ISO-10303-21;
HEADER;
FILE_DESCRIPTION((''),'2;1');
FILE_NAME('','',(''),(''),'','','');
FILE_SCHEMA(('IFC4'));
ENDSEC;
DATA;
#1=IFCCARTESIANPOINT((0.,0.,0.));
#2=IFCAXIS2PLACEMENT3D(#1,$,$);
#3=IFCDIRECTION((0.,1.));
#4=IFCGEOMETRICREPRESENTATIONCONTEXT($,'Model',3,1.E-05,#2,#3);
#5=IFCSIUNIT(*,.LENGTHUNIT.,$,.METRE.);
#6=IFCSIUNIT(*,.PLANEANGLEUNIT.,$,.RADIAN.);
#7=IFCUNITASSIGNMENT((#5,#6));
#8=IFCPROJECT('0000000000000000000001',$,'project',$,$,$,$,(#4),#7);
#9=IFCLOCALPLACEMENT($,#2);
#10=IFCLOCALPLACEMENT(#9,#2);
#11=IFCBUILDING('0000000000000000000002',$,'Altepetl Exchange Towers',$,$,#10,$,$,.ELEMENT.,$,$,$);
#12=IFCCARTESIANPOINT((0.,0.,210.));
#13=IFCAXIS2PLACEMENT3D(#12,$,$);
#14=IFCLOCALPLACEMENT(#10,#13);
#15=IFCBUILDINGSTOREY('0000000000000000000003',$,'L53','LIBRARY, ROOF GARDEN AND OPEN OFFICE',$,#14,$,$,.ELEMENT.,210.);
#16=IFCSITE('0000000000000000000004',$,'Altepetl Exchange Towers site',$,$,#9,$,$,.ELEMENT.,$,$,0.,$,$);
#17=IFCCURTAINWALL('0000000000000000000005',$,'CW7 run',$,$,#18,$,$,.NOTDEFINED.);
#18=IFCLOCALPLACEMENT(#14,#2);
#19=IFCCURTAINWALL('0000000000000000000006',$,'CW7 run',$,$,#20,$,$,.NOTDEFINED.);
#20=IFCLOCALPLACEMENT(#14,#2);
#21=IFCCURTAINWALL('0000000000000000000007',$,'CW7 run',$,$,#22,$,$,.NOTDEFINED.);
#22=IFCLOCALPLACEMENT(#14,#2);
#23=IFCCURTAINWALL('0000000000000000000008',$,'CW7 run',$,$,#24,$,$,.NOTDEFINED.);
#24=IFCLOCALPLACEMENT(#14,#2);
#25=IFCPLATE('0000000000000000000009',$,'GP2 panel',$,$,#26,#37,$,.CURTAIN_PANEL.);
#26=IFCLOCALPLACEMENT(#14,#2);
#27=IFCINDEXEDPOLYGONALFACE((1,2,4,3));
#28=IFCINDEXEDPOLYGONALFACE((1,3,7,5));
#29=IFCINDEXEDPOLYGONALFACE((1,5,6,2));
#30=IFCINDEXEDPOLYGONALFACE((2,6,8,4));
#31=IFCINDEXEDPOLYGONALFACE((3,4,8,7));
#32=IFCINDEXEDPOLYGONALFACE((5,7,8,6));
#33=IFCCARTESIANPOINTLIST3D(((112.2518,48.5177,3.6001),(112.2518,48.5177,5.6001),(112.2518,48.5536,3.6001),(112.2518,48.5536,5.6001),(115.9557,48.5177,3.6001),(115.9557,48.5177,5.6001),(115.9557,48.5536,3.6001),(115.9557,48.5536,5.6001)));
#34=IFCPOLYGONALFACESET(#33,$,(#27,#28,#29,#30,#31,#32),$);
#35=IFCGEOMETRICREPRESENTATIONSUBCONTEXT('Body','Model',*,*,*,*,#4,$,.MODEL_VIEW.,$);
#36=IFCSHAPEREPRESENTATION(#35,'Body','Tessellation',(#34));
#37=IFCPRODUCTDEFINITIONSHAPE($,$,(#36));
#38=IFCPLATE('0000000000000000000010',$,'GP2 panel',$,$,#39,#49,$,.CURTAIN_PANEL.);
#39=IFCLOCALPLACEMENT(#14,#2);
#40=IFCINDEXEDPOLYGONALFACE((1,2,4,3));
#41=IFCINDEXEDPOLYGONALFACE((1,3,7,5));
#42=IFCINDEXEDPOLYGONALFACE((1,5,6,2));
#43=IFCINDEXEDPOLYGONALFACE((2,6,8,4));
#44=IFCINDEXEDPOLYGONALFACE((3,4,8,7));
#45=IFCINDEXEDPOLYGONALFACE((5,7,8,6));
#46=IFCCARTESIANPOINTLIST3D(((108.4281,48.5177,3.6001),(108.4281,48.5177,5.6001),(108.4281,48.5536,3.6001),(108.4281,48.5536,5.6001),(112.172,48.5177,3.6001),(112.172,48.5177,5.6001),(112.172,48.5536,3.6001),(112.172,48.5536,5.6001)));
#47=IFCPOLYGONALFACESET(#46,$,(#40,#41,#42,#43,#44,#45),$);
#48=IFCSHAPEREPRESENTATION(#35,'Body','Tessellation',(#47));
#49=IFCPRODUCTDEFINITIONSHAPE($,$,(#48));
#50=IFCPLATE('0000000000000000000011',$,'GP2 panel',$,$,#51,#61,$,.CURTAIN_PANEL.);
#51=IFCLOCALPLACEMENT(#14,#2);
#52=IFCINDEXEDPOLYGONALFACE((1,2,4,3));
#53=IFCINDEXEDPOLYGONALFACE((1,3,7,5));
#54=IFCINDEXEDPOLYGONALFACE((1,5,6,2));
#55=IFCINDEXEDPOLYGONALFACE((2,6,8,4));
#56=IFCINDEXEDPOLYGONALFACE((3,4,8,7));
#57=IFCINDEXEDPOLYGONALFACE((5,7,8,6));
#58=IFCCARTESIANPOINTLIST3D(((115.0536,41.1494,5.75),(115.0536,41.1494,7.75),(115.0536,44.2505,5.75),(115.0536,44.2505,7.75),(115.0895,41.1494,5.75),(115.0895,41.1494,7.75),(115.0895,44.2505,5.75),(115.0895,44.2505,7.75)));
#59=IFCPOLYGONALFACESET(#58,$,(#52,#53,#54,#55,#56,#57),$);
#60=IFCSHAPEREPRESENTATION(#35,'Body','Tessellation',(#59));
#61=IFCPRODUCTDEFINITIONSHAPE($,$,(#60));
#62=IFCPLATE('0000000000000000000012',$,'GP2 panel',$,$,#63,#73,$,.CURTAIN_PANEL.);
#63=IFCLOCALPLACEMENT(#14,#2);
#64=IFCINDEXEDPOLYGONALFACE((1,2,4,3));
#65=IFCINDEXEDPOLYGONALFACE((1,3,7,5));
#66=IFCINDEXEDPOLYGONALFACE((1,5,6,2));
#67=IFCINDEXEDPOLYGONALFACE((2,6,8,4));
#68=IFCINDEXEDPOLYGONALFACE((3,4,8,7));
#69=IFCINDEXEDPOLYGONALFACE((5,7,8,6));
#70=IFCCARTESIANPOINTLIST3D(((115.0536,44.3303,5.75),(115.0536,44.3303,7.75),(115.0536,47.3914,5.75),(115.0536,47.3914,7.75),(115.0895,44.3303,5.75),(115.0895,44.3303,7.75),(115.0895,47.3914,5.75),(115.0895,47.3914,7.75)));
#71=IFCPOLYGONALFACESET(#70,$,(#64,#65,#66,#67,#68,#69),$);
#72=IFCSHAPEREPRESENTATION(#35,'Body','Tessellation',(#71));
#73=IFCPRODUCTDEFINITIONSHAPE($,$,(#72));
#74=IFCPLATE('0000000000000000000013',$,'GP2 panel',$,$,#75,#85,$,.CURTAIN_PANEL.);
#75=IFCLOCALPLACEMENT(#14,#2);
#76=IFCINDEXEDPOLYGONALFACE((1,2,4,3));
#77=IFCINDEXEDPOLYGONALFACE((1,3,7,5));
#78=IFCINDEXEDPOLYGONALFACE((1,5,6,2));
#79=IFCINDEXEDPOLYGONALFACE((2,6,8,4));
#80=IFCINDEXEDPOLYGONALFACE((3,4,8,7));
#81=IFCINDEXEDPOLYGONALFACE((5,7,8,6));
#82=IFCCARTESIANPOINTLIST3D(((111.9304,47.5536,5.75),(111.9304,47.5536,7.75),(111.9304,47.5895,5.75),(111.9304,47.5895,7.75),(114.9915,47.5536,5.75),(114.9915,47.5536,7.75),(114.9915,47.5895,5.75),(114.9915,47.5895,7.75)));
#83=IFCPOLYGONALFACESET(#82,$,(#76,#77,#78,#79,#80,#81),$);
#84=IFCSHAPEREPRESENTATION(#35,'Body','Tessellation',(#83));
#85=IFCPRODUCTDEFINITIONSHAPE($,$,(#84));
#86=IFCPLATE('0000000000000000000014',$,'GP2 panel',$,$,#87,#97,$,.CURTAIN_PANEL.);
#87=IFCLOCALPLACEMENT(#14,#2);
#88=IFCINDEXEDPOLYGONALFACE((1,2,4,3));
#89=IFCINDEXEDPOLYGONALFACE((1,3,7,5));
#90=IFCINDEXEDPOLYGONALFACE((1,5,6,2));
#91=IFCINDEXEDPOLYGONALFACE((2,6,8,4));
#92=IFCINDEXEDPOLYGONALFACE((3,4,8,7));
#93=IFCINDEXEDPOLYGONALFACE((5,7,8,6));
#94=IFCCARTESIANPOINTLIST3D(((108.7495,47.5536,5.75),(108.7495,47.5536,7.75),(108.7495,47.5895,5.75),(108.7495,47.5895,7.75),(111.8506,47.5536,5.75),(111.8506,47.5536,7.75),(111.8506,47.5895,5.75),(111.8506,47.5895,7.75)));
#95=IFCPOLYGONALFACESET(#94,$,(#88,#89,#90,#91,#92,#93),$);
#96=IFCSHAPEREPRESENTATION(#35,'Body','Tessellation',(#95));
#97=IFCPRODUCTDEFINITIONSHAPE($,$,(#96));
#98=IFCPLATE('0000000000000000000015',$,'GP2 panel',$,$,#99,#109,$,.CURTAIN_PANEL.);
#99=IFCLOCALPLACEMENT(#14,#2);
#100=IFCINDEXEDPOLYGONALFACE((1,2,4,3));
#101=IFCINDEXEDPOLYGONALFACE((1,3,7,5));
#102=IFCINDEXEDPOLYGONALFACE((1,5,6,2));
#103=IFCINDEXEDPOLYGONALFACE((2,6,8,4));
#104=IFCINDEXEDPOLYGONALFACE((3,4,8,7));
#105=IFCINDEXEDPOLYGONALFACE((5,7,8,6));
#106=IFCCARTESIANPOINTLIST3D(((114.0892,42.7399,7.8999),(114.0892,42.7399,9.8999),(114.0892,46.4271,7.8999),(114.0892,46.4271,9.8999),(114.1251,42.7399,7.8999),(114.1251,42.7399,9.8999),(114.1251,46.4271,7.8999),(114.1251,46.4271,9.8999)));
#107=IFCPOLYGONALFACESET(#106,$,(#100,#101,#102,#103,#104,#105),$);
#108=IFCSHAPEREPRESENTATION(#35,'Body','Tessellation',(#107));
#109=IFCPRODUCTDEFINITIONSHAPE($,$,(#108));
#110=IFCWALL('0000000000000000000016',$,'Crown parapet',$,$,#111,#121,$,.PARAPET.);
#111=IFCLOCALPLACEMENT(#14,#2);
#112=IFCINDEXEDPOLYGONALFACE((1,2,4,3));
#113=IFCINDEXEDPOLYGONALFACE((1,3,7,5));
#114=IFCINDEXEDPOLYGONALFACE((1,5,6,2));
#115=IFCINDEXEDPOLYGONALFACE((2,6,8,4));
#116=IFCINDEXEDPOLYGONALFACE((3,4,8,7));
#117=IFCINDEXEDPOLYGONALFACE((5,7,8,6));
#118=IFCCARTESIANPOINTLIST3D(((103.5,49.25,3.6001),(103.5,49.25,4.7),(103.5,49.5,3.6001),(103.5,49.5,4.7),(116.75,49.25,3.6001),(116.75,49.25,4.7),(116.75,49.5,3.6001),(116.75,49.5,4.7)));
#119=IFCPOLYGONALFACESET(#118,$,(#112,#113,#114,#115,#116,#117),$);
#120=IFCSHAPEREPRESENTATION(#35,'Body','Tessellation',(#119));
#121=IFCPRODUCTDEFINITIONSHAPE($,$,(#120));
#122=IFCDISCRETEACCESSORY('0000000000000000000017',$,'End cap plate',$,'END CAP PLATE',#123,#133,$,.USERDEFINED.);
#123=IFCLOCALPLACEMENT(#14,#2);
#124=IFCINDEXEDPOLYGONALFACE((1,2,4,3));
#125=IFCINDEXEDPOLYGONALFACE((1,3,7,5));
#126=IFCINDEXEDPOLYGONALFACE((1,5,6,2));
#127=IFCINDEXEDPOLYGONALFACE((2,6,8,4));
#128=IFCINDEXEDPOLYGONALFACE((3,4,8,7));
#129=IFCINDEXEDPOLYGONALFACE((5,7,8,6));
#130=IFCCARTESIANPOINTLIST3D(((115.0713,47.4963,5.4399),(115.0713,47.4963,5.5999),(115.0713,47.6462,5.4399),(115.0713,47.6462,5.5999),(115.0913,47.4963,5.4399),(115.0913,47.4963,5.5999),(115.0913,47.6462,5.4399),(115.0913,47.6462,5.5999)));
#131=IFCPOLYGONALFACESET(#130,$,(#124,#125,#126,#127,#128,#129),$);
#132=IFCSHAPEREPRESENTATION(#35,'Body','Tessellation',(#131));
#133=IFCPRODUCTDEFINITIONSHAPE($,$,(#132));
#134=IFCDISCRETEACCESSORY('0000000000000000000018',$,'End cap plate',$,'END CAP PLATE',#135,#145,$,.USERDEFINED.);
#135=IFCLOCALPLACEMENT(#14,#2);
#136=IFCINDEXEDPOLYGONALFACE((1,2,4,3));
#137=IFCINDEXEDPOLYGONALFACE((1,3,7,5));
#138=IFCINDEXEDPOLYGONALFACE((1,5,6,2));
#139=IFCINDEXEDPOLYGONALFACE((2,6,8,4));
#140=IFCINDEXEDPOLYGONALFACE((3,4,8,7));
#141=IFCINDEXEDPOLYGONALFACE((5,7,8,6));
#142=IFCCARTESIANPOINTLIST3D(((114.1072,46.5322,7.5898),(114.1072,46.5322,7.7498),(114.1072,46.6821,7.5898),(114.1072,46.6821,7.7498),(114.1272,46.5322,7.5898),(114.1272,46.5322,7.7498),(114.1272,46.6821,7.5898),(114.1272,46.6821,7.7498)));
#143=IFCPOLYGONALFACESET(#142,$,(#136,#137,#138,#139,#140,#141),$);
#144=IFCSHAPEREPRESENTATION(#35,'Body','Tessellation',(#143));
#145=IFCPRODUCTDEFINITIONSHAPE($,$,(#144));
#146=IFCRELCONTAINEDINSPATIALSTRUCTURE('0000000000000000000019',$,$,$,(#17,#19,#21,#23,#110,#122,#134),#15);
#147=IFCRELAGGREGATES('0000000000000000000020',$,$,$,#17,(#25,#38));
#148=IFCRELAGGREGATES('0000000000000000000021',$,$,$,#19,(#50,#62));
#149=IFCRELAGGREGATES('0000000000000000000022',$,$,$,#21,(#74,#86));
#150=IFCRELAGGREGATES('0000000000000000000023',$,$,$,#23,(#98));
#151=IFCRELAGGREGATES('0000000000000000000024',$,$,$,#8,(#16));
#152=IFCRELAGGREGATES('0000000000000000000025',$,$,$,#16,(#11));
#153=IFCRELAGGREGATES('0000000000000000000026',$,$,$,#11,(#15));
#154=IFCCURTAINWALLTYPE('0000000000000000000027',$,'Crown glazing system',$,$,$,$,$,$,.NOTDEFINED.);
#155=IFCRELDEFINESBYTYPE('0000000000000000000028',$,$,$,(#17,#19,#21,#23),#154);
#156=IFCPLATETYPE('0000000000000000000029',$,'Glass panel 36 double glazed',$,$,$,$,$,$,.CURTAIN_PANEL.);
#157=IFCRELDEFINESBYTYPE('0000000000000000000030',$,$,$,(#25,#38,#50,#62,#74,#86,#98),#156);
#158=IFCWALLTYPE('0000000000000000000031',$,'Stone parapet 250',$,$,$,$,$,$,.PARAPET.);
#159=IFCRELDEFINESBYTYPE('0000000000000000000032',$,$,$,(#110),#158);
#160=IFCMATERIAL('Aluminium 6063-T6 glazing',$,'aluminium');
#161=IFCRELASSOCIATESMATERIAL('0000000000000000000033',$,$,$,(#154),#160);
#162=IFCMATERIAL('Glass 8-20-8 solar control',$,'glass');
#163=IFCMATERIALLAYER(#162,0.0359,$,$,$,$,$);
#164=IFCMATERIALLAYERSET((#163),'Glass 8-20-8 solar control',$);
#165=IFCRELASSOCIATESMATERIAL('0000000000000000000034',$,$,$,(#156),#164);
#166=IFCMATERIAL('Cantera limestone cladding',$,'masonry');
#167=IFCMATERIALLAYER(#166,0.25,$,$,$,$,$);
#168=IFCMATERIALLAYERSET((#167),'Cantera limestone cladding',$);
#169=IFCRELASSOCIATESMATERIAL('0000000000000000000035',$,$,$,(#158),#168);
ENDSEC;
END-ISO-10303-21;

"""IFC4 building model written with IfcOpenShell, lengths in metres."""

from ifc_helpers import new_model, si_unit, direction, frame, frame_2d, origin, origin_2d, place, context, subcontext, project, spatial, rectangle, extrude, material, layer, layer_set, type_object, element, aggregate, save


model = new_model("IFC4")

# Units and contexts
model_context = context("Model", 3, precision=1e-05, world=origin(), true_north=direction((0.0, 1.0)))
body_context = subcontext(model_context, "Body", "Model", "MODEL_VIEW")
ifc_project = project(units=[si_unit("LENGTHUNIT", "METRE"), si_unit("PLANEANGLEUNIT", "RADIAN")], contexts=[model_context])

# Site, building, storey
site_placement = place(None, origin())
site = spatial("IfcSite", under=ifc_project, at=site_placement, Name="Altepetl Exchange Towers site", CompositionType="ELEMENT", RefElevation=0.0)
building_placement = place(site_placement, origin())
building = spatial("IfcBuilding", under=site, at=building_placement, Name="Altepetl Exchange Towers", CompositionType="ELEMENT")
storey_placement = place(building_placement, frame((0.0, 0.0, 210.0)))
storey = spatial("IfcBuildingStorey", under=building, at=storey_placement, Name="L53", Description="LIBRARY, ROOF GARDEN AND OPEN OFFICE", CompositionType="ELEMENT", Elevation=210.0)

# Shared definitions
ifc_material_1 = material(Name="Aluminium 6063-T6 glazing", Category="aluminium")
curtain_wall_type = type_object("IfcCurtainWallType", Name="Crown glazing system", PredefinedType="NOTDEFINED", material=ifc_material_1)

# Curtain walls
curtain_wall_1_placement = place(storey_placement, origin())
curtain_wall_1 = element("IfcCurtainWall", 1, at=curtain_wall_1_placement, inside=storey, type_object=curtain_wall_type, Name="CW7 run", PredefinedType="NOTDEFINED")
curtain_wall_2_placement = place(storey_placement, origin())
curtain_wall_2 = element("IfcCurtainWall", 2, at=curtain_wall_2_placement, inside=storey, type_object=curtain_wall_type, Name="CW7 run", PredefinedType="NOTDEFINED")
curtain_wall_3_placement = place(storey_placement, origin())
curtain_wall_3 = element("IfcCurtainWall", 3, at=curtain_wall_3_placement, inside=storey, type_object=curtain_wall_type, Name="CW7 run", PredefinedType="NOTDEFINED")
curtain_wall_4_placement = place(storey_placement, origin())
curtain_wall_4 = element("IfcCurtainWall", 4, at=curtain_wall_4_placement, inside=storey, type_object=curtain_wall_type, Name="CW7 run", PredefinedType="NOTDEFINED")

# Plates
ifc_material_2 = material(Name="Glass 8-20-8 solar control", Category="glass")
ifc_layer_1 = layer(ifc_material_2, 0.0359)
ifc_layer_set_1 = layer_set([ifc_layer_1], Name="Glass 8-20-8 solar control")
plate_type = type_object("IfcPlateType", Name="Glass panel 36 double glazed", PredefinedType="CURTAIN_PANEL", material=ifc_layer_set_1)
plate_1_placement = place(storey_placement, frame((114.1038, 48.5356, 3.6001), z_axis=(0.0, 0.0, 1.0), x_axis=(-1.0, 0.0, 0.0)))
plate_1 = element("IfcPlate", 5, at=plate_1_placement, type_object=plate_type, Name="GP2 panel", PredefinedType="CURTAIN_PANEL", context=body_context, shape_type="SweptSolid", body=[
    extrude(rectangle(XDim=3.7039, YDim=0.0359, at=origin_2d()), origin(), (0.0, 0.0, 1.0), 2.0),
])
plate_2_placement = place(storey_placement, frame((110.3, 48.5356, 3.6001), z_axis=(0.0, 0.0, 1.0), x_axis=(-1.0, 0.0, 0.0)))
plate_2 = element("IfcPlate", 6, at=plate_2_placement, type_object=plate_type, Name="GP2 panel", PredefinedType="CURTAIN_PANEL", context=body_context, shape_type="SweptSolid", body=[
    extrude(rectangle(XDim=3.7439, YDim=0.0359, at=origin_2d()), origin(), (0.0, 0.0, 1.0), 2.0),
])
aggregate(curtain_wall_1, [plate_1, plate_2])
plate_3_placement = place(storey_placement, frame((115.0715, 42.7, 5.75), z_axis=(0.0, 0.0, 1.0), x_axis=(0.0, 1.0, 0.0)))
plate_3 = element("IfcPlate", 7, at=plate_3_placement, type_object=plate_type, Name="GP2 panel", PredefinedType="CURTAIN_PANEL", context=body_context, shape_type="SweptSolid", body=[
    extrude(rectangle(XDim=3.1011, YDim=0.0359, at=origin_2d()), origin(), (0.0, 0.0, 1.0), 2.0),
])
plate_4_placement = place(storey_placement, frame((115.0715, 45.8608, 5.75), z_axis=(0.0, 0.0, 1.0), x_axis=(0.0, 1.0, 0.0)))
plate_4 = element("IfcPlate", 8, at=plate_4_placement, type_object=plate_type, Name="GP2 panel", PredefinedType="CURTAIN_PANEL", context=body_context, shape_type="SweptSolid", body=[
    extrude(rectangle(XDim=3.061, YDim=0.0359, at=origin_2d()), origin(), (0.0, 0.0, 1.0), 2.0),
])
aggregate(curtain_wall_2, [plate_3, plate_4])
plate_5_placement = place(storey_placement, frame((113.4609, 47.5715, 5.75), z_axis=(0.0, 0.0, 1.0), x_axis=(-1.0, 0.0, 0.0)))
plate_5 = element("IfcPlate", 9, at=plate_5_placement, type_object=plate_type, Name="GP2 panel", PredefinedType="CURTAIN_PANEL", context=body_context, shape_type="SweptSolid", body=[
    extrude(rectangle(XDim=3.061, YDim=0.0359, at=origin_2d()), origin(), (0.0, 0.0, 1.0), 2.0),
])
plate_6_placement = place(storey_placement, frame((110.3, 47.5715, 5.75), z_axis=(0.0, 0.0, 1.0), x_axis=(-1.0, 0.0, 0.0)))
plate_6 = element("IfcPlate", 10, at=plate_6_placement, type_object=plate_type, Name="GP2 panel", PredefinedType="CURTAIN_PANEL", context=body_context, shape_type="SweptSolid", body=[
    extrude(rectangle(XDim=3.1011, YDim=0.0359, at=origin_2d()), origin(), (0.0, 0.0, 1.0), 2.0),
])
aggregate(curtain_wall_3, [plate_5, plate_6])
plate_7_placement = place(storey_placement, frame((114.1072, 44.5835, 7.8999), z_axis=(0.0, 0.0, 1.0), x_axis=(0.0, 1.0, 0.0)))
plate_7 = element("IfcPlate", 11, at=plate_7_placement, type_object=plate_type, Name="GP2 panel", PredefinedType="CURTAIN_PANEL", context=body_context, shape_type="SweptSolid", body=[
    extrude(rectangle(XDim=3.6873, YDim=0.0359, at=origin_2d()), origin(), (0.0, 0.0, 1.0), 2.0),
])
aggregate(curtain_wall_4, [plate_7])

# Wall
ifc_material_3 = material(Name="Cantera limestone cladding", Category="masonry")
ifc_layer_2 = layer(ifc_material_3, 0.25)
ifc_layer_set_2 = layer_set([ifc_layer_2], Name="Cantera limestone cladding")
wall_type = type_object("IfcWallType", Name="Stone parapet 250", PredefinedType="PARAPET", material=ifc_layer_set_2)
wall_placement = place(storey_placement, frame((116.75, 49.375, 3.6001), z_axis=(0.0, 0.0, 1.0), x_axis=(-1.0, 0.0, 0.0)))
element("IfcWall", 12, at=wall_placement, inside=storey, type_object=wall_type, Name="Crown parapet", PredefinedType="PARAPET", context=body_context, shape_type="SweptSolid", body=[
    extrude(rectangle(XDim=13.25, YDim=0.25, at=frame_2d((6.625, 0.0))), origin(), (0.0, 0.0, 1.0), 1.0999),
])

# Discrete accessories
for number, where, name in (
    (13, (115.0813, 47.5713, 5.4399), "End cap plate"),
    (14, (114.1172, 46.6072, 7.5898), "End cap plate"),
):
    element("IfcDiscreteAccessory", number, at=place(storey_placement, frame(where)), inside=storey, Name=name, ObjectType="END CAP PLATE", PredefinedType="USERDEFINED", context=body_context, shape_type="SweptSolid", body=[
        extrude(rectangle(XDim=0.02, YDim=0.1499, at=origin_2d()), origin(), (0.0, 0.0, 1.0), 0.1599),
    ])

save(model, "model.ifc")
